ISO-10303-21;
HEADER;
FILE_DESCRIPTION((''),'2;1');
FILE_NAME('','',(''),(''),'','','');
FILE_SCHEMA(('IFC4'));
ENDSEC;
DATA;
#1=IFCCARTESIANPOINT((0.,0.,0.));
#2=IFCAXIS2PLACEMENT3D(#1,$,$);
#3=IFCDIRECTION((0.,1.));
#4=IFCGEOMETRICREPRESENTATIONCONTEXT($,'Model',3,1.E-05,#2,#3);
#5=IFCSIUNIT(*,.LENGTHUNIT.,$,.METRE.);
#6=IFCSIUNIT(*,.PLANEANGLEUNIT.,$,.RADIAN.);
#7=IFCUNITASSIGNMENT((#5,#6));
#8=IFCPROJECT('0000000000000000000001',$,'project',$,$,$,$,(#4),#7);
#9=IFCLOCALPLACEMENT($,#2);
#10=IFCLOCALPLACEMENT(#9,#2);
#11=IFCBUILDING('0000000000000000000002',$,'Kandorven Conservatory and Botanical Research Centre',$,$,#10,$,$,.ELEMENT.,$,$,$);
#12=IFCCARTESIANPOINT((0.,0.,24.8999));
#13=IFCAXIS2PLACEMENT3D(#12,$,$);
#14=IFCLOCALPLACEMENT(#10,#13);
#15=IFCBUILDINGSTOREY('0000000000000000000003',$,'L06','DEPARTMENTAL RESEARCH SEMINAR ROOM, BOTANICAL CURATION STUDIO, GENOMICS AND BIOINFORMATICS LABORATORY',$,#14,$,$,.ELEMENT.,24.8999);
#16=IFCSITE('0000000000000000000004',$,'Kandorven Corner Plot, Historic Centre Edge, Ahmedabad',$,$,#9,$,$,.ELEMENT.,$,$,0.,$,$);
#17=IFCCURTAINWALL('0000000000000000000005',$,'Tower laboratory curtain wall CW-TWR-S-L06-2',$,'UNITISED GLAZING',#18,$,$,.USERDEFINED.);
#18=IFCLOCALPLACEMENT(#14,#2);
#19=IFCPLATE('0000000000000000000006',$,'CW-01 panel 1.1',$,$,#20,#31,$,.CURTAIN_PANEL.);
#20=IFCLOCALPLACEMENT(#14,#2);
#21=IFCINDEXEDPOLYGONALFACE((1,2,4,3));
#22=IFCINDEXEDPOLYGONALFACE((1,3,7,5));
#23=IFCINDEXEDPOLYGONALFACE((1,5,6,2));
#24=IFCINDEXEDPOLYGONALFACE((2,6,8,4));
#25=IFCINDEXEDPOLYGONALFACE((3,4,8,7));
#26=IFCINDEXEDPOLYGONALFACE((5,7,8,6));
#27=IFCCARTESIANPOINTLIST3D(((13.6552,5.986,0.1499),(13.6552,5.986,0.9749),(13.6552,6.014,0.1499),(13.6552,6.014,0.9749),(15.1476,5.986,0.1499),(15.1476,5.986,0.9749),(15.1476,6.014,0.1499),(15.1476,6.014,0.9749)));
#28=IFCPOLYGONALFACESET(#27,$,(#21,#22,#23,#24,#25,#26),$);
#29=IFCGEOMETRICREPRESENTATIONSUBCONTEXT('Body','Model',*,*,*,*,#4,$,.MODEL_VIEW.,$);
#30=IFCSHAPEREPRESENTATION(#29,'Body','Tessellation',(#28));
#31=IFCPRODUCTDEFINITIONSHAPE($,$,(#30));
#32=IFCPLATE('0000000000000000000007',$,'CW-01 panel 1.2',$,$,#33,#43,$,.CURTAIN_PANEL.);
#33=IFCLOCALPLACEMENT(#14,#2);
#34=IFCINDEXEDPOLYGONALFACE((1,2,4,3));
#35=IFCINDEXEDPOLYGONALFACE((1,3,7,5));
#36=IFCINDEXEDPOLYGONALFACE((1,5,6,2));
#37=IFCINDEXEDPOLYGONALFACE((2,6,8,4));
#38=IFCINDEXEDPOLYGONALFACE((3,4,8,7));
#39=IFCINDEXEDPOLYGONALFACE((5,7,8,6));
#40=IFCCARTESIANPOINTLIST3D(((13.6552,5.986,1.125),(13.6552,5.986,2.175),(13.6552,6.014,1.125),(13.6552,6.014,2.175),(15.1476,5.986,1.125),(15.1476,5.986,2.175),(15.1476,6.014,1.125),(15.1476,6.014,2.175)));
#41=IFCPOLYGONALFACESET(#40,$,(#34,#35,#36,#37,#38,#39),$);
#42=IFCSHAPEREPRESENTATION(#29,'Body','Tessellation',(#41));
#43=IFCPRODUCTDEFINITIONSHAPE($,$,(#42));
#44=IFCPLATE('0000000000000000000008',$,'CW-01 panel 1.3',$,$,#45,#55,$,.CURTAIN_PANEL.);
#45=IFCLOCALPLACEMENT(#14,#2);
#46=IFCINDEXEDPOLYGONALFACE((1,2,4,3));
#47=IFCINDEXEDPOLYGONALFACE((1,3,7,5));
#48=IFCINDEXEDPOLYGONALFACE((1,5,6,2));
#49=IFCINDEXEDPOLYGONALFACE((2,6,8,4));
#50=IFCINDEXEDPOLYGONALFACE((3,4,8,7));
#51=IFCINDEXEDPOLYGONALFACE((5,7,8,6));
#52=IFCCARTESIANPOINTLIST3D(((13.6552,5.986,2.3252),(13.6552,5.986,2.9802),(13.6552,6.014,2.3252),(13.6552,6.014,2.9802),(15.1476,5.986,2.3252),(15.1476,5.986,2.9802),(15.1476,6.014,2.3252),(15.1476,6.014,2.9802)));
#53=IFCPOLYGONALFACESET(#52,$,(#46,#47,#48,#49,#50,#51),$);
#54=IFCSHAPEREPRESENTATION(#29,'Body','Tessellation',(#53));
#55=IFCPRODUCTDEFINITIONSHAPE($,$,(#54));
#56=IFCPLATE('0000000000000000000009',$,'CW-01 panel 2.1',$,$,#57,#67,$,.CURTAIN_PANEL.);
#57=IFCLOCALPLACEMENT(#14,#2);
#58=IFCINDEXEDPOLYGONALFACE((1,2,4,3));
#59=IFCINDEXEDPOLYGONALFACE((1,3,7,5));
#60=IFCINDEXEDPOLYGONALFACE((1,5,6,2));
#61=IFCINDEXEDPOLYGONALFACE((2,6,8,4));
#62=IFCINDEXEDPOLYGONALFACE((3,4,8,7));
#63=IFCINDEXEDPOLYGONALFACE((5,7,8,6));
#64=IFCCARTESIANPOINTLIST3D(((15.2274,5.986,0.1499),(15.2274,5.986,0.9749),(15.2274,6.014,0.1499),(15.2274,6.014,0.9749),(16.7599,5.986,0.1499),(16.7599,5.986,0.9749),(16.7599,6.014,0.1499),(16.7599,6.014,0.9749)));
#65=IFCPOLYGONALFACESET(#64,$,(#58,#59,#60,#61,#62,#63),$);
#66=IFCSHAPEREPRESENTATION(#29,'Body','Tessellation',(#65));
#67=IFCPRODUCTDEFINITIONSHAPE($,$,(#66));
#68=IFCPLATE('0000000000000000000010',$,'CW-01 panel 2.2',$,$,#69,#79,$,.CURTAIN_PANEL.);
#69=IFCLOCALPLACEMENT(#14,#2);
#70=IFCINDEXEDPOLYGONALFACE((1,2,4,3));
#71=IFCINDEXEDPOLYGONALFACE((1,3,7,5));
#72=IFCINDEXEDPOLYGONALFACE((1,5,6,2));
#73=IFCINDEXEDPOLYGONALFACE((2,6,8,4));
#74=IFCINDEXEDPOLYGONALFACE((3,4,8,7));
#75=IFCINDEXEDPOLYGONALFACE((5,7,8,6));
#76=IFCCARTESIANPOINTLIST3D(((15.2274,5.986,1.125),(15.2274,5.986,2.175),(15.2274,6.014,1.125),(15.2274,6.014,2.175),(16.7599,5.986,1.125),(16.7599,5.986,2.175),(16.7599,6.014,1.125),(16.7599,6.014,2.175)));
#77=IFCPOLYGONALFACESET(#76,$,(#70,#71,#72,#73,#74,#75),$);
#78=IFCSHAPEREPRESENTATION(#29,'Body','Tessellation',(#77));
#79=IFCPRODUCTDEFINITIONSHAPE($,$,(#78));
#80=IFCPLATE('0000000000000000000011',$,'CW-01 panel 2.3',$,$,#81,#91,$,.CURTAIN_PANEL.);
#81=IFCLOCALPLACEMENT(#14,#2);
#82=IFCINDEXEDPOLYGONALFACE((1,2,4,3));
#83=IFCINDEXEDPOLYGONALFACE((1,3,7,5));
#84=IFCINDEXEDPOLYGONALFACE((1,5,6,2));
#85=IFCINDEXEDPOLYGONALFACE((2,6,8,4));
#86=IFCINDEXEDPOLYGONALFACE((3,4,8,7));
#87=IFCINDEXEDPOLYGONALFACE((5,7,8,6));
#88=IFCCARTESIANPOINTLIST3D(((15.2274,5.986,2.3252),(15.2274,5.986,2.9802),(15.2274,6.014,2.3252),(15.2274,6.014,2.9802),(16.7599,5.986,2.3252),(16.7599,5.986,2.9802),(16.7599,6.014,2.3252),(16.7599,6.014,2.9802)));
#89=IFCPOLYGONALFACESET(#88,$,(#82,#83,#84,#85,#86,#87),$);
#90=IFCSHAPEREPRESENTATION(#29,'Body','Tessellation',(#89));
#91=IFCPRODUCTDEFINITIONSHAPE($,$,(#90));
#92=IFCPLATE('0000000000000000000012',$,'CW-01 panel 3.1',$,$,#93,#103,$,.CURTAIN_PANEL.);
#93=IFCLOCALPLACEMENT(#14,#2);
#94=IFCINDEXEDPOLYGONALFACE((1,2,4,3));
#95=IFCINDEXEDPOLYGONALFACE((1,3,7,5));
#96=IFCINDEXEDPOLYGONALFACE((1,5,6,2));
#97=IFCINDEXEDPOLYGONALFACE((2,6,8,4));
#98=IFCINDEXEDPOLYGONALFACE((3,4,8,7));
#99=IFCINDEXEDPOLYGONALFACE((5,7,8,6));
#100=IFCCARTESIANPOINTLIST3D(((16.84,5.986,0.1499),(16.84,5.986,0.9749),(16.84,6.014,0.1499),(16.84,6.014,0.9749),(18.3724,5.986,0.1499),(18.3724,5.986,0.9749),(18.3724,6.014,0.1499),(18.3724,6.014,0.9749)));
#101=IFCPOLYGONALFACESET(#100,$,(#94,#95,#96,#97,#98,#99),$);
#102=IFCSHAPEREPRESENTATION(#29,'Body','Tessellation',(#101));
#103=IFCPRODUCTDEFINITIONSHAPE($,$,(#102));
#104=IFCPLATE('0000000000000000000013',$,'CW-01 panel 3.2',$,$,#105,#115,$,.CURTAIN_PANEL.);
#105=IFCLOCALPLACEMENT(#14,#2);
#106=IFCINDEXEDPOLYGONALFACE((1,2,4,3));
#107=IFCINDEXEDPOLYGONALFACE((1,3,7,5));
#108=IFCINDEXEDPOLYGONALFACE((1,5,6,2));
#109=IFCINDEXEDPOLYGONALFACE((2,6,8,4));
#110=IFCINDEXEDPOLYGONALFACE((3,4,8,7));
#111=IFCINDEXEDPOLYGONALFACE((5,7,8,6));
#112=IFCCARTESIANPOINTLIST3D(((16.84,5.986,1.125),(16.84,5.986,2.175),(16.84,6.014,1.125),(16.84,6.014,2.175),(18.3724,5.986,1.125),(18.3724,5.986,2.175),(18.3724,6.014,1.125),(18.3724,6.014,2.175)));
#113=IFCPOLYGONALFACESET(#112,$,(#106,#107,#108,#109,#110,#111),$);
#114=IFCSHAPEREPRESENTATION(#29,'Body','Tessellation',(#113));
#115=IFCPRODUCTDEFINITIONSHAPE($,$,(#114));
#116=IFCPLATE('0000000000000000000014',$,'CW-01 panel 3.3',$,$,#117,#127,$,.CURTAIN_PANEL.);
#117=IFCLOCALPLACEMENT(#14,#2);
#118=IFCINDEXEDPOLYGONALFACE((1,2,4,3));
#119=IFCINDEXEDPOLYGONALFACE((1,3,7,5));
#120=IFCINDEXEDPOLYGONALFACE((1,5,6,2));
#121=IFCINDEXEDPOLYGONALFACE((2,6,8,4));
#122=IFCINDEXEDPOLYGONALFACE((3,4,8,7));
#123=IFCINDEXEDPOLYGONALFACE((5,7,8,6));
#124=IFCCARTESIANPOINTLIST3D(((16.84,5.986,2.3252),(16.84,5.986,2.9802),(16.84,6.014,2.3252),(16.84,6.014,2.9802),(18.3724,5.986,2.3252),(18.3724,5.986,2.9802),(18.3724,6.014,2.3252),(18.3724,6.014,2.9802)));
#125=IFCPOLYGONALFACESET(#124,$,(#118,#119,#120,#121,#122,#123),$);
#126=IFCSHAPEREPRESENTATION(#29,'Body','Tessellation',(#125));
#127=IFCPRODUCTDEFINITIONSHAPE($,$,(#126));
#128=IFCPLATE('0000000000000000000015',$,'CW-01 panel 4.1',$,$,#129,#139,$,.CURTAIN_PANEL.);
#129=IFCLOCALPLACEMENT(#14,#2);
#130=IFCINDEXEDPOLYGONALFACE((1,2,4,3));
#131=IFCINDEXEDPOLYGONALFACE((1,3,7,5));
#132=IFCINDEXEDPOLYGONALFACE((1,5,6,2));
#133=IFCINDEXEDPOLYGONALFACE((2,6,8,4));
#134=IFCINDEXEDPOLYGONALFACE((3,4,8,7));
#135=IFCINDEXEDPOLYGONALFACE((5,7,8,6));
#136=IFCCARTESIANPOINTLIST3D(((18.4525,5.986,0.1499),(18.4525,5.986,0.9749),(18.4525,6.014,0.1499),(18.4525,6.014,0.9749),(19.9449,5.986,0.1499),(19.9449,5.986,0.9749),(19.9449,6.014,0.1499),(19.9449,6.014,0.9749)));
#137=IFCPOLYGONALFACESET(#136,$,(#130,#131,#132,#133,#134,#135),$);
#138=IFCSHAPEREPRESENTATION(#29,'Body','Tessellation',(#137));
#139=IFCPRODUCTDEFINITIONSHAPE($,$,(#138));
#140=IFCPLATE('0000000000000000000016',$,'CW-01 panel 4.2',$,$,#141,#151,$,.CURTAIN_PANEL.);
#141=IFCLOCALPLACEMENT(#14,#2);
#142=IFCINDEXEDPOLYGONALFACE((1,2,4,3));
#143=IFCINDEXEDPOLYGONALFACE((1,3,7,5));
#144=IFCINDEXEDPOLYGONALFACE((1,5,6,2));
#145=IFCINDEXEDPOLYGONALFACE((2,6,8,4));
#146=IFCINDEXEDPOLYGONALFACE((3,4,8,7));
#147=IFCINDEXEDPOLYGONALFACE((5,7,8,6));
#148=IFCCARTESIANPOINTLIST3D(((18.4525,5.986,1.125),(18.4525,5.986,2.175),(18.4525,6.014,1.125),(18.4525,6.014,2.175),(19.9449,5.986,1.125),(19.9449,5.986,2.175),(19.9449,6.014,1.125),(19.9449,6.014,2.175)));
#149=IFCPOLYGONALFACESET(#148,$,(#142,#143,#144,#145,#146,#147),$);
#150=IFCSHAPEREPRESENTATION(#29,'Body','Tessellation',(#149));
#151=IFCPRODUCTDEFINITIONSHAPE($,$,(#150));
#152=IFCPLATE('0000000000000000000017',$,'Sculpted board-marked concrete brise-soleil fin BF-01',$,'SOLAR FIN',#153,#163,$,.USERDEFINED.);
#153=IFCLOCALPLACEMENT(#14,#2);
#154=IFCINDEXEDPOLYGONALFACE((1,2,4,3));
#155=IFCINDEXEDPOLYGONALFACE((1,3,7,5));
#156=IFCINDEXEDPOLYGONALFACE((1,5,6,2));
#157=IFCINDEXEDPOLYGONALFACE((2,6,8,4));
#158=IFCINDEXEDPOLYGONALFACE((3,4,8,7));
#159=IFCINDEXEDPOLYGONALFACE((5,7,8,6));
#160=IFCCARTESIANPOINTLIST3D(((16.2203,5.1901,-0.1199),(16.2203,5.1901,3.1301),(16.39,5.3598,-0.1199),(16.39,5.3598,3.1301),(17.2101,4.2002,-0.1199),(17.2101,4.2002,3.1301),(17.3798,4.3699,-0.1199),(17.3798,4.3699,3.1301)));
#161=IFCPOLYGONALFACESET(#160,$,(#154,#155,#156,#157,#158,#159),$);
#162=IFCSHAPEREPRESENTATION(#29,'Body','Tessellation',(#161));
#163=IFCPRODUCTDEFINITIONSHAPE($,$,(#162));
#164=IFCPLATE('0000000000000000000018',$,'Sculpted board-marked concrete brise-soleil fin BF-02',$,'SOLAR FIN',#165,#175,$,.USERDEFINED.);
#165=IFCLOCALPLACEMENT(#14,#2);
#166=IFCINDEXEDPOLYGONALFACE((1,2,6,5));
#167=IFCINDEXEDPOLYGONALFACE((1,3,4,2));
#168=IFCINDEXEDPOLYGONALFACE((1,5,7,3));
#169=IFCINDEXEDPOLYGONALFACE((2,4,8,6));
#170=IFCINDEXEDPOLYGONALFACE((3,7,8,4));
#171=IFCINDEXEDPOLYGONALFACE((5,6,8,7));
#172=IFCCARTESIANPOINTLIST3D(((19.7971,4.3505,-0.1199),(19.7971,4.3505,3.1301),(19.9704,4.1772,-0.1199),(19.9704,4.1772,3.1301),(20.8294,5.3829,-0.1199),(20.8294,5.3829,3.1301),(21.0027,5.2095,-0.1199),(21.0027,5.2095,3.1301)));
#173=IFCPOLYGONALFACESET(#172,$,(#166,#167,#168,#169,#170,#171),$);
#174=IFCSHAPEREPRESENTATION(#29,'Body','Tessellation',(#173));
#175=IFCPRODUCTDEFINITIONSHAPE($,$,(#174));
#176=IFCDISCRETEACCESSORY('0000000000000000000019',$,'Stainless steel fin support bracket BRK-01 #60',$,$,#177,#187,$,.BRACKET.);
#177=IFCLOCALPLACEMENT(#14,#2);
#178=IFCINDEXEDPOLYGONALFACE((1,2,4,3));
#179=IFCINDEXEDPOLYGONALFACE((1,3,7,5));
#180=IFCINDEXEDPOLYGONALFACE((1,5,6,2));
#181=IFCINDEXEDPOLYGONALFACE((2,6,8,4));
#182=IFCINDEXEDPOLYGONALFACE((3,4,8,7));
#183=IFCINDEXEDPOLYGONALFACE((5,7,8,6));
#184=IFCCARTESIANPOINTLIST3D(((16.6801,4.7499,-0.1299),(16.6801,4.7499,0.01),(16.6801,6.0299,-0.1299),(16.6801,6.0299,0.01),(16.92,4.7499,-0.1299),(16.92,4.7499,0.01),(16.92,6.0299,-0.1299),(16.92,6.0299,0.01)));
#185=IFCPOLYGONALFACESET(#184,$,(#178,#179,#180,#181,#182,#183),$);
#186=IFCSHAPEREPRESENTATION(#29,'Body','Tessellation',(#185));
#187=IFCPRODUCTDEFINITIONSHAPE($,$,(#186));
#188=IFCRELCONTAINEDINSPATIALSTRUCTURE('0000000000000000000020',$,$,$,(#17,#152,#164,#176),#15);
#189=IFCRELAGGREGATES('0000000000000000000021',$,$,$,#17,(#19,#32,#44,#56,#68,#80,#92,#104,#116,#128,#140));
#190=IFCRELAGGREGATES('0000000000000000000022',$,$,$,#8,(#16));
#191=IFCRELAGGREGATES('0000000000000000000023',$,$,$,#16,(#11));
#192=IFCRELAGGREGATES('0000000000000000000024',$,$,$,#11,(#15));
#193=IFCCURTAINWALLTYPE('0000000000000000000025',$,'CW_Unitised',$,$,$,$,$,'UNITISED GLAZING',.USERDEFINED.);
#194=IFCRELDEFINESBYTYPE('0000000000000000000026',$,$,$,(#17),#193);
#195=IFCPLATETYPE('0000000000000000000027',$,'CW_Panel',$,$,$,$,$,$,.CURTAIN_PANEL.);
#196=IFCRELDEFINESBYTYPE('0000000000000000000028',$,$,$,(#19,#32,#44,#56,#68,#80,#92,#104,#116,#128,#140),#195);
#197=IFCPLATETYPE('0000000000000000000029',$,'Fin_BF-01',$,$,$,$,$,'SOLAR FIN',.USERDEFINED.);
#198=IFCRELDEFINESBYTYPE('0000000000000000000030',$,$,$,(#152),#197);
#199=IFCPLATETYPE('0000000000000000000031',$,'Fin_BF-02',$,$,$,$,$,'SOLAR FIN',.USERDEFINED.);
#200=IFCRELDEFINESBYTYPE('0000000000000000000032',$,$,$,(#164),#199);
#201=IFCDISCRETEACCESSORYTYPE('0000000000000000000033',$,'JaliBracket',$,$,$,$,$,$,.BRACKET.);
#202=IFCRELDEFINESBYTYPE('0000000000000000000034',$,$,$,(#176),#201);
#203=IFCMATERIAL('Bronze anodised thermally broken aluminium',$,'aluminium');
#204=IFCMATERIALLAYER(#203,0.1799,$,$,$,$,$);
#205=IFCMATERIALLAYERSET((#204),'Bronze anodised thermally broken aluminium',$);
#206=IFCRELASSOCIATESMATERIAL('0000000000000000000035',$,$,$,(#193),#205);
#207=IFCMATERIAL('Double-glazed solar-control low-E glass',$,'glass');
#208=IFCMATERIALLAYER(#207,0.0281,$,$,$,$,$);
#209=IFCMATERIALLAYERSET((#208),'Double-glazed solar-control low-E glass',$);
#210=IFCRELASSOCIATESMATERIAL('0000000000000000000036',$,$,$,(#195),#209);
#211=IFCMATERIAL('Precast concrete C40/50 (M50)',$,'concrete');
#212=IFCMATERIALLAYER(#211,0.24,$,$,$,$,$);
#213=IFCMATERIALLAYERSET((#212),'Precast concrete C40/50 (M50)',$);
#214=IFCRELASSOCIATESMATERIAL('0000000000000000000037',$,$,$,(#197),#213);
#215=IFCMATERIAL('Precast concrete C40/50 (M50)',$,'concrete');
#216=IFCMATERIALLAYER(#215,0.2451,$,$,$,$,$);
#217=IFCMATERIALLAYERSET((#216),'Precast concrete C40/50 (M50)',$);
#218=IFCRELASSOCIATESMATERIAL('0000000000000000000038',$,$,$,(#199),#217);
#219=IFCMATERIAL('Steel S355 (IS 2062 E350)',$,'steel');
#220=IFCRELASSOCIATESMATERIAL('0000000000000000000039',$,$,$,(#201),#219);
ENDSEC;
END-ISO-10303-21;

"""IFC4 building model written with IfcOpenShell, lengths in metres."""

from ifc_helpers import new_model, si_unit, direction, frame, origin, origin_2d, place, context, subcontext, project, spatial, rectangle, extrude, material, layer, layer_set, type_object, element, aggregate, save


model = new_model("IFC4")

# Units and contexts
model_context = context("Model", 3, precision=1e-05, world=origin(), true_north=direction((0.0, 1.0)))
body_context = subcontext(model_context, "Body", "Model", "MODEL_VIEW")
ifc_project = project(units=[si_unit("LENGTHUNIT", "METRE"), si_unit("PLANEANGLEUNIT", "RADIAN")], contexts=[model_context])

# Site, building, storey
site_placement = place(None, origin())
site = spatial("IfcSite", under=ifc_project, at=site_placement, Name="Kandorven Corner Plot, Historic Centre Edge, Ahmedabad", CompositionType="ELEMENT", RefElevation=0.0)
building_placement = place(site_placement, origin())
building = spatial("IfcBuilding", under=site, at=building_placement, Name="Kandorven Conservatory and Botanical Research Centre", CompositionType="ELEMENT")
storey_placement = place(building_placement, frame((0.0, 0.0, 24.8999)))
storey = spatial("IfcBuildingStorey", under=building, at=storey_placement, Name="L06", Description="DEPARTMENTAL RESEARCH SEMINAR ROOM, BOTANICAL CURATION STUDIO, GENOMICS AND BIOINFORMATICS LABORATORY", CompositionType="ELEMENT", Elevation=24.8999)

# Curtain wall, plates
ifc_material_1 = material(Name="Bronze anodised thermally broken aluminium", Category="aluminium")
ifc_layer_1 = layer(ifc_material_1, 0.1799)
ifc_layer_set_1 = layer_set([ifc_layer_1], Name="Bronze anodised thermally broken aluminium")
curtain_wall_type = type_object("IfcCurtainWallType", Name="CW_Unitised", ElementType="UNITISED GLAZING", PredefinedType="USERDEFINED", material=ifc_layer_set_1)
curtain_wall_placement = place(storey_placement, origin())
curtain_wall = element("IfcCurtainWall", 1, at=curtain_wall_placement, inside=storey, type_object=curtain_wall_type, Name="Tower laboratory curtain wall CW-TWR-S-L06-2", ObjectType="UNITISED GLAZING", PredefinedType="USERDEFINED")
ifc_material_2 = material(Name="Double-glazed solar-control low-E glass", Category="glass")
ifc_layer_2 = layer(ifc_material_2, 0.0281)
ifc_layer_set_2 = layer_set([ifc_layer_2], Name="Double-glazed solar-control low-E glass")
plate_type_1 = type_object("IfcPlateType", Name="CW_Panel", PredefinedType="CURTAIN_PANEL", material=ifc_layer_set_2)
plate_1_placement = place(storey_placement, frame((14.4014, 6.0, 0.1499), z_axis=(0.0, 0.0, 1.0), x_axis=(1.0, 0.0, 0.0)))
plate_1 = element("IfcPlate", 2, at=plate_1_placement, type_object=plate_type_1, Name="CW-01 panel 1.1", PredefinedType="CURTAIN_PANEL", context=body_context, shape_type="SweptSolid", body=[
    extrude(rectangle(XDim=1.4924, YDim=0.0281, at=origin_2d()), origin(), (0.0, 0.0, 1.0), 0.825),
])
plate_2_placement = place(storey_placement, frame((14.4014, 6.0, 1.125), z_axis=(0.0, 0.0, 1.0), x_axis=(1.0, 0.0, 0.0)))
plate_2 = element("IfcPlate", 3, at=plate_2_placement, type_object=plate_type_1, Name="CW-01 panel 1.2", PredefinedType="CURTAIN_PANEL", context=body_context, shape_type="SweptSolid", body=[
    extrude(rectangle(XDim=1.4924, YDim=0.0281, at=origin_2d()), origin(), (0.0, 0.0, 1.0), 1.05),
])
plate_3_placement = place(storey_placement, frame((14.4014, 6.0, 2.3252), z_axis=(0.0, 0.0, 1.0), x_axis=(1.0, 0.0, 0.0)))
plate_3 = element("IfcPlate", 4, at=plate_3_placement, type_object=plate_type_1, Name="CW-01 panel 1.3", PredefinedType="CURTAIN_PANEL", context=body_context, shape_type="SweptSolid", body=[
    extrude(rectangle(XDim=1.4924, YDim=0.0281, at=origin_2d()), origin(), (0.0, 0.0, 1.0), 0.655),
])
plate_4_placement = place(storey_placement, frame((15.9937, 6.0, 0.1499), z_axis=(0.0, 0.0, 1.0), x_axis=(1.0, 0.0, 0.0)))
plate_4 = element("IfcPlate", 5, at=plate_4_placement, type_object=plate_type_1, Name="CW-01 panel 2.1", PredefinedType="CURTAIN_PANEL", context=body_context, shape_type="SweptSolid", body=[
    extrude(rectangle(XDim=1.5325, YDim=0.0281, at=origin_2d()), origin(), (0.0, 0.0, 1.0), 0.825),
])
plate_5_placement = place(storey_placement, frame((15.9937, 6.0, 1.125), z_axis=(0.0, 0.0, 1.0), x_axis=(1.0, 0.0, 0.0)))
plate_5 = element("IfcPlate", 6, at=plate_5_placement, type_object=plate_type_1, Name="CW-01 panel 2.2", PredefinedType="CURTAIN_PANEL", context=body_context, shape_type="SweptSolid", body=[
    extrude(rectangle(XDim=1.5325, YDim=0.0281, at=origin_2d()), origin(), (0.0, 0.0, 1.0), 1.05),
])
plate_6_placement = place(storey_placement, frame((15.9937, 6.0, 2.3252), z_axis=(0.0, 0.0, 1.0), x_axis=(1.0, 0.0, 0.0)))
plate_6 = element("IfcPlate", 7, at=plate_6_placement, type_object=plate_type_1, Name="CW-01 panel 2.3", PredefinedType="CURTAIN_PANEL", context=body_context, shape_type="SweptSolid", body=[
    extrude(rectangle(XDim=1.5325, YDim=0.0281, at=origin_2d()), origin(), (0.0, 0.0, 1.0), 0.655),
])
plate_7_placement = place(storey_placement, frame((17.6062, 6.0, 0.1499), z_axis=(0.0, 0.0, 1.0), x_axis=(1.0, 0.0, 0.0)))
plate_7 = element("IfcPlate", 8, at=plate_7_placement, type_object=plate_type_1, Name="CW-01 panel 3.1", PredefinedType="CURTAIN_PANEL", context=body_context, shape_type="SweptSolid", body=[
    extrude(rectangle(XDim=1.5325, YDim=0.0281, at=origin_2d()), origin(), (0.0, 0.0, 1.0), 0.825),
])
plate_8_placement = place(storey_placement, frame((17.6062, 6.0, 1.125), z_axis=(0.0, 0.0, 1.0), x_axis=(1.0, 0.0, 0.0)))
plate_8 = element("IfcPlate", 9, at=plate_8_placement, type_object=plate_type_1, Name="CW-01 panel 3.2", PredefinedType="CURTAIN_PANEL", context=body_context, shape_type="SweptSolid", body=[
    extrude(rectangle(XDim=1.5325, YDim=0.0281, at=origin_2d()), origin(), (0.0, 0.0, 1.0), 1.05),
])
plate_9_placement = place(storey_placement, frame((17.6062, 6.0, 2.3252), z_axis=(0.0, 0.0, 1.0), x_axis=(1.0, 0.0, 0.0)))
plate_9 = element("IfcPlate", 10, at=plate_9_placement, type_object=plate_type_1, Name="CW-01 panel 3.3", PredefinedType="CURTAIN_PANEL", context=body_context, shape_type="SweptSolid", body=[
    extrude(rectangle(XDim=1.5325, YDim=0.0281, at=origin_2d()), origin(), (0.0, 0.0, 1.0), 0.655),
])
plate_10_placement = place(storey_placement, frame((19.1987, 6.0, 0.1499), z_axis=(0.0, 0.0, 1.0), x_axis=(1.0, 0.0, 0.0)))
plate_10 = element("IfcPlate", 11, at=plate_10_placement, type_object=plate_type_1, Name="CW-01 panel 4.1", PredefinedType="CURTAIN_PANEL", context=body_context, shape_type="SweptSolid", body=[
    extrude(rectangle(XDim=1.4924, YDim=0.0281, at=origin_2d()), origin(), (0.0, 0.0, 1.0), 0.825),
])
plate_11_placement = place(storey_placement, frame((19.1987, 6.0, 1.125), z_axis=(0.0, 0.0, 1.0), x_axis=(1.0, 0.0, 0.0)))
plate_11 = element("IfcPlate", 12, at=plate_11_placement, type_object=plate_type_1, Name="CW-01 panel 4.2", PredefinedType="CURTAIN_PANEL", context=body_context, shape_type="SweptSolid", body=[
    extrude(rectangle(XDim=1.4924, YDim=0.0281, at=origin_2d()), origin(), (0.0, 0.0, 1.0), 1.05),
])
aggregate(curtain_wall, [plate_1, plate_2, plate_3, plate_4, plate_5, plate_6, plate_7, plate_8, plate_9, plate_10, plate_11])

# Plates
ifc_material_3 = material(Name="Precast concrete C40/50 (M50)", Category="concrete")
ifc_layer_3 = layer(ifc_material_3, 0.24)
ifc_layer_set_3 = layer_set([ifc_layer_3], Name="Precast concrete C40/50 (M50)")
plate_type_2 = type_object("IfcPlateType", Name="Fin_BF-01", ElementType="SOLAR FIN", PredefinedType="USERDEFINED", material=ifc_layer_set_3)
plate_12_placement = place(storey_placement, frame((16.8, 4.78, -0.1199), z_axis=(0.0, 0.0, 1.0), x_axis=(-0.707107, 0.707107, 0.0)))
element("IfcPlate", 13, at=plate_12_placement, inside=storey, type_object=plate_type_2, Name="Sculpted board-marked concrete brise-soleil fin BF-01", ObjectType="SOLAR FIN", PredefinedType="USERDEFINED", context=body_context, shape_type="SweptSolid", body=[
    extrude(rectangle(XDim=1.3999, YDim=0.24, at=origin_2d()), origin(), (0.0, 0.0, 1.0), 3.25),
])
ifc_material_4 = material(Name="Precast concrete C40/50 (M50)", Category="concrete")
ifc_layer_4 = layer(ifc_material_4, 0.2451)
ifc_layer_set_4 = layer_set([ifc_layer_4], Name="Precast concrete C40/50 (M50)")
plate_type_3 = type_object("IfcPlateType", Name="Fin_BF-02", ElementType="SOLAR FIN", PredefinedType="USERDEFINED", material=ifc_layer_set_4)
plate_13_placement = place(storey_placement, frame((20.3999, 4.78, -0.1199), z_axis=(0.0, 0.0, 1.0), x_axis=(0.707107, 0.707107, 0.0)))
element("IfcPlate", 14, at=plate_13_placement, inside=storey, type_object=plate_type_3, Name="Sculpted board-marked concrete brise-soleil fin BF-02", ObjectType="SOLAR FIN", PredefinedType="USERDEFINED", context=body_context, shape_type="SweptSolid", body=[
    extrude(rectangle(XDim=1.46, YDim=0.2451, at=origin_2d()), origin(), (0.0, 0.0, 1.0), 3.25),
])

# Discrete accessory
ifc_material_5 = material(Name="Steel S355 (IS 2062 E350)", Category="steel")
discrete_accessory_type_1 = type_object("IfcDiscreteAccessoryType", Name="JaliBracket", PredefinedType="BRACKET", material=ifc_material_5)
discrete_accessory_1_placement = place(storey_placement, frame((16.8, 5.3899, -0.1299), z_axis=(0.0, 0.0, 1.0), x_axis=(1.0, 0.0, 0.0)))
element("IfcDiscreteAccessory", 15, at=discrete_accessory_1_placement, inside=storey, type_object=discrete_accessory_type_1, Name="Stainless steel fin support bracket BRK-01 #60", PredefinedType="BRACKET", context=body_context, shape_type="SweptSolid", body=[
    extrude(rectangle(XDim=0.24, YDim=1.28, at=origin_2d()), origin(), (0.0, 0.0, 1.0), 0.1399),
])

save(model, "model.ifc")
